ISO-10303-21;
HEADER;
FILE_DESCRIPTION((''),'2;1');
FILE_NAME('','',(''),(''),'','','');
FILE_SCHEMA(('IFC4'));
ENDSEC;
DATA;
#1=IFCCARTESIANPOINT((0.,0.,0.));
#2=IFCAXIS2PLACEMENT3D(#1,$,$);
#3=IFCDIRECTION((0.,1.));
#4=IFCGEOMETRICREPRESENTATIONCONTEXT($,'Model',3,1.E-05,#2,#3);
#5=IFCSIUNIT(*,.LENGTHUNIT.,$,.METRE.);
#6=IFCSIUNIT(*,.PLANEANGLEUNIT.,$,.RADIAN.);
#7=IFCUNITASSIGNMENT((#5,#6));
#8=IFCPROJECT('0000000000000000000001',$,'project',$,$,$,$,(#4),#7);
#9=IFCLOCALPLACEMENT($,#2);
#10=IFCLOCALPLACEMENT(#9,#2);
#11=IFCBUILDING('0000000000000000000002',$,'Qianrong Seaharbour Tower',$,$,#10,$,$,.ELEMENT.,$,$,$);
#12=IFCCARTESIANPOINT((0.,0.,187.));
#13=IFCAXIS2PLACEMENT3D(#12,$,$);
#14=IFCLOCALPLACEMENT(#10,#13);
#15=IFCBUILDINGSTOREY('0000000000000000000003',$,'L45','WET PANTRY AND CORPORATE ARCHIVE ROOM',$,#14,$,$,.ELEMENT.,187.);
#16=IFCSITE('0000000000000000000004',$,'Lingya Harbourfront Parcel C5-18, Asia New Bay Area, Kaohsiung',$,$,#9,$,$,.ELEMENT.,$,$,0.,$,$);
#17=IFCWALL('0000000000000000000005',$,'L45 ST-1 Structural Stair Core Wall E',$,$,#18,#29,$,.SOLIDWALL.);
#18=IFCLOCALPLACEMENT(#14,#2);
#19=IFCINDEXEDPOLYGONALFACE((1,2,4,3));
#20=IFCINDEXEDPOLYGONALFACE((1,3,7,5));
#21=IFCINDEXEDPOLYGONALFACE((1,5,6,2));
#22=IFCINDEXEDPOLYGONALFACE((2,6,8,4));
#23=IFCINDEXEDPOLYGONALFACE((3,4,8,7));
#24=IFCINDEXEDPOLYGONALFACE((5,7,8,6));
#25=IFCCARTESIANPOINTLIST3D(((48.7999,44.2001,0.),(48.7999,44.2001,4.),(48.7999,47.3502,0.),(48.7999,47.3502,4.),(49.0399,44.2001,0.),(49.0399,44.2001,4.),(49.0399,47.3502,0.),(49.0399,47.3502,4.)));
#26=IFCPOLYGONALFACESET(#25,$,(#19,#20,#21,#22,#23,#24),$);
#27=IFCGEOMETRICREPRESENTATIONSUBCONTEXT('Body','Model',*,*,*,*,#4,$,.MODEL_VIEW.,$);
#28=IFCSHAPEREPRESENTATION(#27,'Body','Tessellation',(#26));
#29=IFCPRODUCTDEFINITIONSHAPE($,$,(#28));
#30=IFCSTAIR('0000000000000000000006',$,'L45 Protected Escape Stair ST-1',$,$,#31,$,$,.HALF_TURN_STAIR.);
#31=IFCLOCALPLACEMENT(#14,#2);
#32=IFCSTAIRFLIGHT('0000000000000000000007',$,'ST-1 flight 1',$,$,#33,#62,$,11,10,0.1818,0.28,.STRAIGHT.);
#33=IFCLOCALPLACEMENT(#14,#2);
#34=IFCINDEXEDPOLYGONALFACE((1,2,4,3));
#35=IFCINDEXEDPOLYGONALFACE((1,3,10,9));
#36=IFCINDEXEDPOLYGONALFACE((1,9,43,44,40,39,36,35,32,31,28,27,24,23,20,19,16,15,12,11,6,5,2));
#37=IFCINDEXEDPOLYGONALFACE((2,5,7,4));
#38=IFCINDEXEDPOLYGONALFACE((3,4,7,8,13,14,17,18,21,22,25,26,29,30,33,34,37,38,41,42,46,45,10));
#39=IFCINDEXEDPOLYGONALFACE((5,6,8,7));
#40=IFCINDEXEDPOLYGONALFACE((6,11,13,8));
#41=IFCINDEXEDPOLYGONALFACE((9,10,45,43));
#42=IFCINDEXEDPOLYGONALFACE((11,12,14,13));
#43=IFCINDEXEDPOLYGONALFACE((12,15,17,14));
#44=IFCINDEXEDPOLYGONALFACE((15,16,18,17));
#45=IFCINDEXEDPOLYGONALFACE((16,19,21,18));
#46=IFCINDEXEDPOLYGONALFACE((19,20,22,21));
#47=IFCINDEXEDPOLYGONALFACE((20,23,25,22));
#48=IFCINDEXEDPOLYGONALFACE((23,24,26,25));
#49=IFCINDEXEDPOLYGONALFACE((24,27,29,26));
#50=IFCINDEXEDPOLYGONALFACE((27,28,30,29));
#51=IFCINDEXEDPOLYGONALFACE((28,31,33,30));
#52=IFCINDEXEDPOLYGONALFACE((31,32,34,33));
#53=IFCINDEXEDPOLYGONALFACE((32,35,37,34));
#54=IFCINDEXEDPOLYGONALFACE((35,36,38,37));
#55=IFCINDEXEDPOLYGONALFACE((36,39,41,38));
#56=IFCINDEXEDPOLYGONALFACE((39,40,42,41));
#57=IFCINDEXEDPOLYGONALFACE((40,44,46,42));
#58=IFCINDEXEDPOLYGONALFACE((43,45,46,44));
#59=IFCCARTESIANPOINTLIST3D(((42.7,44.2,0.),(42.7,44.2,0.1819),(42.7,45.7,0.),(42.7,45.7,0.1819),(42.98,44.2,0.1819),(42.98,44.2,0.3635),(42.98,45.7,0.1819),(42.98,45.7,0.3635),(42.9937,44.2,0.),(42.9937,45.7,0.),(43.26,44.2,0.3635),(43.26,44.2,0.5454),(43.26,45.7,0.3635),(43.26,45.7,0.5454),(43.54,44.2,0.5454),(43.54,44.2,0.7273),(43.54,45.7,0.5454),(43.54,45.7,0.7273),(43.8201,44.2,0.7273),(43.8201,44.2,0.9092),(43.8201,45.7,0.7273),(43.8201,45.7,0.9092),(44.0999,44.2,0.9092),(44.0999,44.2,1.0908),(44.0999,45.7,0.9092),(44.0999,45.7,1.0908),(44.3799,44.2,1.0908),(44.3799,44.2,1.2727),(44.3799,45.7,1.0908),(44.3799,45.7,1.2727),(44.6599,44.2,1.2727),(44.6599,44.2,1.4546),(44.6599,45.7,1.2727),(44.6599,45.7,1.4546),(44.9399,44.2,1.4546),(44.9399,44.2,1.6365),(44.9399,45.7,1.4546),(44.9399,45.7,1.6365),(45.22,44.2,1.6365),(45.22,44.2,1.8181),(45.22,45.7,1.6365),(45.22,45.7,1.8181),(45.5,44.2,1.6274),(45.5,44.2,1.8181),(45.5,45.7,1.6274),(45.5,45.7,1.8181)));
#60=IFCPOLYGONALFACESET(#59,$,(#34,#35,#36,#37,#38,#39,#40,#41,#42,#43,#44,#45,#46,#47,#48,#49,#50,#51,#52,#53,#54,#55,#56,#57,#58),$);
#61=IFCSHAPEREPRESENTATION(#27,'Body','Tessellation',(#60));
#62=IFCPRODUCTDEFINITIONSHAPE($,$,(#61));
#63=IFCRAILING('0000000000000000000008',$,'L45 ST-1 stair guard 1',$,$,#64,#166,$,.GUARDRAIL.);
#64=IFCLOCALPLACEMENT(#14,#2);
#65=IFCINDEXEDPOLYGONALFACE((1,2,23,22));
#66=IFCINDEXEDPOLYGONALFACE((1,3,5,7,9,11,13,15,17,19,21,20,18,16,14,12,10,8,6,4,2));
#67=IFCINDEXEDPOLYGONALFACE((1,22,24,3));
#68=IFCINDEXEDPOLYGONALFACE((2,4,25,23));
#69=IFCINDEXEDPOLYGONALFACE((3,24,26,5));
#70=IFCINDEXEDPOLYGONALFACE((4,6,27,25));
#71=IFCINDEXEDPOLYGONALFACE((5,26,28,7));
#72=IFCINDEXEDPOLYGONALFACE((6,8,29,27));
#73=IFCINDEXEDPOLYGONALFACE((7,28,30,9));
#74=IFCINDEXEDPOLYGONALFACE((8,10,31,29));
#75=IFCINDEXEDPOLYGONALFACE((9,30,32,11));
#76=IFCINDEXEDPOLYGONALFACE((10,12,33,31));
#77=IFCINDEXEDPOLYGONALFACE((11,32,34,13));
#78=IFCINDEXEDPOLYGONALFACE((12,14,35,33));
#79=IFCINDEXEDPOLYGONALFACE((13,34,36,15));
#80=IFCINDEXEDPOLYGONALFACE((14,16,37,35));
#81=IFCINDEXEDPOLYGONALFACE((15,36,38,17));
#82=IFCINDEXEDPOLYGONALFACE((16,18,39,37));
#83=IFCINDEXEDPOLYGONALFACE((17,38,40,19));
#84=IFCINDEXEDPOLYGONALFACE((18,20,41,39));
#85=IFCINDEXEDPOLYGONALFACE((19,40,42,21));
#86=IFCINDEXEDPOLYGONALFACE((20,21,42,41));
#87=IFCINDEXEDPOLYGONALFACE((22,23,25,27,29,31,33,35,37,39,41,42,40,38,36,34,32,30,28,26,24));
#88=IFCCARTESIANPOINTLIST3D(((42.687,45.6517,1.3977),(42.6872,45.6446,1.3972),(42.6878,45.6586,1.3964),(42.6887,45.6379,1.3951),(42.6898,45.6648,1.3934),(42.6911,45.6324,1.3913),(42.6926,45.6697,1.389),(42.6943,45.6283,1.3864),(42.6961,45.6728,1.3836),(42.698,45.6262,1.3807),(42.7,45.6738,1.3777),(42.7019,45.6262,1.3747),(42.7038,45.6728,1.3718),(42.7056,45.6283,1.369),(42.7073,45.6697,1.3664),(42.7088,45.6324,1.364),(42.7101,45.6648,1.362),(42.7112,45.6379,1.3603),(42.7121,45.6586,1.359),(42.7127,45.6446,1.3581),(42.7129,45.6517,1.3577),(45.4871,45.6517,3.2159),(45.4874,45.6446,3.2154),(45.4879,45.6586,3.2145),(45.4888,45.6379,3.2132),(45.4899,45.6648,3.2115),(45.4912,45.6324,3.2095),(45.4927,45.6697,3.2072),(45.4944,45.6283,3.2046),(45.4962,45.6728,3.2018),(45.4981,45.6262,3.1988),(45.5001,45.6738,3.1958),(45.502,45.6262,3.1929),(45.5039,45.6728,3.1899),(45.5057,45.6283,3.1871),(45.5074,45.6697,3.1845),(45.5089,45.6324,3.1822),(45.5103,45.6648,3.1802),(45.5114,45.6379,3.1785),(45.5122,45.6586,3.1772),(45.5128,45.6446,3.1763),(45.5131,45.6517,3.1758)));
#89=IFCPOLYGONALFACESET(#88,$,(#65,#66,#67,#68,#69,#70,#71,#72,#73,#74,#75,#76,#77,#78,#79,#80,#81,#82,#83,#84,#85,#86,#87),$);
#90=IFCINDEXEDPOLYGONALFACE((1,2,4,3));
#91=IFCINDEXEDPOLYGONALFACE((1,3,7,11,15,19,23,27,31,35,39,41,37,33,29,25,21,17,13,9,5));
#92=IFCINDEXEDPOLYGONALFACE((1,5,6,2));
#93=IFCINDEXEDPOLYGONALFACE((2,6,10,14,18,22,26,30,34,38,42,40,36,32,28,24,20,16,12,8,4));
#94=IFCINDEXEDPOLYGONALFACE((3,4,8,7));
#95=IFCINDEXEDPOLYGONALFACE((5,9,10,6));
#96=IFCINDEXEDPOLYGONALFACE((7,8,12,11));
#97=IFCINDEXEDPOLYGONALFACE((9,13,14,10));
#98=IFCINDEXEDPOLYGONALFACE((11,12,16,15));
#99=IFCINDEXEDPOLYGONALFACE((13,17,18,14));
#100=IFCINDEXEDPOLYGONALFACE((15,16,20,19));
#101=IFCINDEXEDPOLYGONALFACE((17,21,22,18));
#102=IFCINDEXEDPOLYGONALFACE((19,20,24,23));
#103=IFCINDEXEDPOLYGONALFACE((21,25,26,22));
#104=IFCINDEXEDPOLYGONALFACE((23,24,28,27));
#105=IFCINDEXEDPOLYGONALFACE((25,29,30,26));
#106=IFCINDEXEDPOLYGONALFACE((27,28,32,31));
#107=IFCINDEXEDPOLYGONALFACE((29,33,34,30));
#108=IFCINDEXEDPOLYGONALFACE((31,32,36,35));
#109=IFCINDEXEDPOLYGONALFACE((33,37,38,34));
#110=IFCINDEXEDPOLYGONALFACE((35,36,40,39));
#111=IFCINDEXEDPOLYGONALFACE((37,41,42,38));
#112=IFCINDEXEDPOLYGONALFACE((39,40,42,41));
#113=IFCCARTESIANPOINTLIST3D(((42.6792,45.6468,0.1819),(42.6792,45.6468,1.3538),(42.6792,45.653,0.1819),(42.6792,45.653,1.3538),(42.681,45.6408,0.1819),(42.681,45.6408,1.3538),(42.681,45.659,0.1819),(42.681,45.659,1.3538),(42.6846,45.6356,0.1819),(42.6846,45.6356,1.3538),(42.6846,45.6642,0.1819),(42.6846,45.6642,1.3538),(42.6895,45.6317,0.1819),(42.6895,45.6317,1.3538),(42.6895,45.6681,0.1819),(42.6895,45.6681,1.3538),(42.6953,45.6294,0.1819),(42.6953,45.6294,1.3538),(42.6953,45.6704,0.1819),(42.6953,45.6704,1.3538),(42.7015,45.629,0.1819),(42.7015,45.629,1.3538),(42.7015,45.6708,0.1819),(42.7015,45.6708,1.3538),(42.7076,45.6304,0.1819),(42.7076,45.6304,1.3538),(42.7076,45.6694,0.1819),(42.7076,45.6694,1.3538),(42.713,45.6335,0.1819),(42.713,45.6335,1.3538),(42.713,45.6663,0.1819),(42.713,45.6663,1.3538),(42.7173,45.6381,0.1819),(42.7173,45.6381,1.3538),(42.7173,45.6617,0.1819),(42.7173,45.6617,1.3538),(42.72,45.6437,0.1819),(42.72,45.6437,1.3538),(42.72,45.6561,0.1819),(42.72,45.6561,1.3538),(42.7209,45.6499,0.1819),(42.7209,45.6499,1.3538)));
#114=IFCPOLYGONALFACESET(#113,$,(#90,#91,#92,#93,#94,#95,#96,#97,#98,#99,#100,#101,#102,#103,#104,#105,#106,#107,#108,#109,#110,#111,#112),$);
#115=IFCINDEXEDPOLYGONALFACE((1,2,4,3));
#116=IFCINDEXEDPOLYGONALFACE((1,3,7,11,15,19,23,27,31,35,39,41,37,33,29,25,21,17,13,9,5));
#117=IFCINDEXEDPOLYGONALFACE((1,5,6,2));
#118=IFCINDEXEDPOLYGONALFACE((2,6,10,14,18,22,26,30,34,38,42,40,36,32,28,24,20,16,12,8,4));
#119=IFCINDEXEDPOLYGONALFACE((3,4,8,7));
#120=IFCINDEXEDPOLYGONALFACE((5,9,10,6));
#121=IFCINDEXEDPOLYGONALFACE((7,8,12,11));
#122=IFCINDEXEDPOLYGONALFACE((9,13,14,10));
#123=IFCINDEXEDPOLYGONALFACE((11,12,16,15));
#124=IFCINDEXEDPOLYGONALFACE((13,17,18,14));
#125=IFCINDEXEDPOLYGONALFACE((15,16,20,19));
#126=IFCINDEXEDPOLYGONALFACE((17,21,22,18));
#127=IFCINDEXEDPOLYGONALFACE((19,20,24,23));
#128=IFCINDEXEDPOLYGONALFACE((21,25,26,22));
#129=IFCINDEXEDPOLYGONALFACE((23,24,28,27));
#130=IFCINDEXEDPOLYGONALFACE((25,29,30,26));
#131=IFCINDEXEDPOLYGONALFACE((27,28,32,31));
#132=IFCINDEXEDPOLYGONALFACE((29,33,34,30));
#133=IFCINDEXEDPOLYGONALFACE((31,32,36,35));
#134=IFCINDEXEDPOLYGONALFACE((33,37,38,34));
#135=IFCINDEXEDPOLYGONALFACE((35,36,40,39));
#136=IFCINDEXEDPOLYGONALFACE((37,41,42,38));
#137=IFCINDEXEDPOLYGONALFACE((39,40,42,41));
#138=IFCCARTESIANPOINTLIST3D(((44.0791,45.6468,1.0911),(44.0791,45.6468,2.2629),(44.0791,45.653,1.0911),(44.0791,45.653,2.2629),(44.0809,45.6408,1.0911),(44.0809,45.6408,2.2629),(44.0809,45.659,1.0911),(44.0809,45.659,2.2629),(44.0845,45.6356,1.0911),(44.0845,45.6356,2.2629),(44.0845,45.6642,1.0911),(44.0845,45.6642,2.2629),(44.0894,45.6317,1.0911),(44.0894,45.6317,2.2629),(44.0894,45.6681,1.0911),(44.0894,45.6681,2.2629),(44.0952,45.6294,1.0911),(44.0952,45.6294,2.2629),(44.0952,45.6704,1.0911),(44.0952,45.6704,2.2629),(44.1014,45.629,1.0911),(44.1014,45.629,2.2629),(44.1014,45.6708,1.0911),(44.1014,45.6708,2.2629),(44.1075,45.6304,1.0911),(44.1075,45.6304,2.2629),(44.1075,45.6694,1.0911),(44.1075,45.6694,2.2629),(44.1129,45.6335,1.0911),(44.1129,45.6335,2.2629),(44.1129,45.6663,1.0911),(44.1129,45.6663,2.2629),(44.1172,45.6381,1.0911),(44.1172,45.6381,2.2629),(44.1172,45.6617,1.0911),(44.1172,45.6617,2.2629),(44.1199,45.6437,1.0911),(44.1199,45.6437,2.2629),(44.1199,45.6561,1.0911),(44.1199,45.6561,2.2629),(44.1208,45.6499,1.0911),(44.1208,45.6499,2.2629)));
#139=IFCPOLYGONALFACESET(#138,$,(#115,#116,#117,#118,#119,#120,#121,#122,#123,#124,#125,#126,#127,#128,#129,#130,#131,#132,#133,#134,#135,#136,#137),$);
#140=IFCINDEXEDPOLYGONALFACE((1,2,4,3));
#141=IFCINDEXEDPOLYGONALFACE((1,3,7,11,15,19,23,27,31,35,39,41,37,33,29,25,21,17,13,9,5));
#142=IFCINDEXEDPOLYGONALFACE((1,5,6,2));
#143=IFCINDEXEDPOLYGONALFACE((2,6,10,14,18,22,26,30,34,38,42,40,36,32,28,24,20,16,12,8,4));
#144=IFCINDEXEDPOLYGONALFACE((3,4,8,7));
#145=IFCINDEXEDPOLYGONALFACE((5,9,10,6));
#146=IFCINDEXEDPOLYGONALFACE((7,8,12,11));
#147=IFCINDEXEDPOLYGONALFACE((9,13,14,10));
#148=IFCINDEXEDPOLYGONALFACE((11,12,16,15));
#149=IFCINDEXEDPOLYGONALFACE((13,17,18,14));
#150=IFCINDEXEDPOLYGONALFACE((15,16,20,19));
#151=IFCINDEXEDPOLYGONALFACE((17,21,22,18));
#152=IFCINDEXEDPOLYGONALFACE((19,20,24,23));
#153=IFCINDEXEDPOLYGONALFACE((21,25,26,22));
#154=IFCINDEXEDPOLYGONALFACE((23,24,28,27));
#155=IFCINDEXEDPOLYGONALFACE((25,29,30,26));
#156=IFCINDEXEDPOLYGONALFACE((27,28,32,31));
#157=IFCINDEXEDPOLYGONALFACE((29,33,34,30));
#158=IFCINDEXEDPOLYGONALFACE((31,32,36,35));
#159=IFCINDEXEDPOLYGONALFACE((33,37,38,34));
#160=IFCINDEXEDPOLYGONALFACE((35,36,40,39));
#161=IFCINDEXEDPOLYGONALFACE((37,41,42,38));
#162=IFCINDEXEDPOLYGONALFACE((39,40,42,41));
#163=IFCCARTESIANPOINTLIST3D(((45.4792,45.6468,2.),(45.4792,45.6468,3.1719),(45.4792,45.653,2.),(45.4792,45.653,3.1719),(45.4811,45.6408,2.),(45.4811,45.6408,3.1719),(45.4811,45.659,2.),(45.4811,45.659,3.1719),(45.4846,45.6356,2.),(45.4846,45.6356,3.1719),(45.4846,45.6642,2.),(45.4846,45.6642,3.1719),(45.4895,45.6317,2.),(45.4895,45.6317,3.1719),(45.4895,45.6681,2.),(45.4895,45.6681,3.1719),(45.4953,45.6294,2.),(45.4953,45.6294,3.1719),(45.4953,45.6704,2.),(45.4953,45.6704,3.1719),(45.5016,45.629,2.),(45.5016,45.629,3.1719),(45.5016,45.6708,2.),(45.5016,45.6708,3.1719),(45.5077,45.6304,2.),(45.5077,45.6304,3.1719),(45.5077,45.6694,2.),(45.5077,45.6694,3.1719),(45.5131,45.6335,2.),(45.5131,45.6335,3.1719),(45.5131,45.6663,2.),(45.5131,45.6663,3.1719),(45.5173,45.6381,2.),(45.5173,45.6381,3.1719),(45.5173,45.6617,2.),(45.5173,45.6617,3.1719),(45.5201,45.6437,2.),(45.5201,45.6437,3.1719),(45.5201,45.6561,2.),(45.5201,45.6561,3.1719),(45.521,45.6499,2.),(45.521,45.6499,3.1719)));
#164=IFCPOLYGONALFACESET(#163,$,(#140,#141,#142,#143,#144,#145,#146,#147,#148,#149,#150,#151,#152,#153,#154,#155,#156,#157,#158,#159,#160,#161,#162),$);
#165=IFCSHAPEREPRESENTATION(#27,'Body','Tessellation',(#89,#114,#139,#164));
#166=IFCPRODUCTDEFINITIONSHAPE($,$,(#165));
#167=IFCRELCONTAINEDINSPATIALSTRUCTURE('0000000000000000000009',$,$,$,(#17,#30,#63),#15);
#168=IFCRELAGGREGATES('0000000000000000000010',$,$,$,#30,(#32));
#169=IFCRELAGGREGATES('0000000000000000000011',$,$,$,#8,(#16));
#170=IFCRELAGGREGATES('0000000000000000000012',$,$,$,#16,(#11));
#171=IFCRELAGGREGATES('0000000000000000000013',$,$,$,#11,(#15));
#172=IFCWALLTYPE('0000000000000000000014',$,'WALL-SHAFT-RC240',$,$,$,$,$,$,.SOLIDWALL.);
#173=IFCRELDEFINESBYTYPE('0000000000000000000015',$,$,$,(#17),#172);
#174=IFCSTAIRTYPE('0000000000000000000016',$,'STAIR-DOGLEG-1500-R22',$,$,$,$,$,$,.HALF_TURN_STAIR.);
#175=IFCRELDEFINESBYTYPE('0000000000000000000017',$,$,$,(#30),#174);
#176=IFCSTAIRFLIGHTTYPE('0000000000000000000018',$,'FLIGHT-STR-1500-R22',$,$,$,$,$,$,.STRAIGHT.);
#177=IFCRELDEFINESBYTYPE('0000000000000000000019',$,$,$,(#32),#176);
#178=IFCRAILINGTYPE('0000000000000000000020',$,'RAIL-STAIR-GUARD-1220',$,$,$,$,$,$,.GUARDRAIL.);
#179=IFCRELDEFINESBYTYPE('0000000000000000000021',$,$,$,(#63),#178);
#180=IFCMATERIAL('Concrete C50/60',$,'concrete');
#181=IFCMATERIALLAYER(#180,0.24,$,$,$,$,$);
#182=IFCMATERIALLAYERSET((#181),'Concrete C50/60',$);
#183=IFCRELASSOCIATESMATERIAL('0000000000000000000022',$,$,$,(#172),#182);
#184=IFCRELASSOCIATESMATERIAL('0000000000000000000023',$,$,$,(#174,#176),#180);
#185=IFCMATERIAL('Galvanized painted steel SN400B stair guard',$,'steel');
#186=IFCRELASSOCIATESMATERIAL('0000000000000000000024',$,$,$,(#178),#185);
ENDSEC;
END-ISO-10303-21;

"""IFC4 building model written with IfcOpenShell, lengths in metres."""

from ifc_helpers import new_model, si_unit, direction, frame, frame_2d, origin, origin_2d, place, context, subcontext, project, spatial, polyline, rectangle, circle, outline, extrude, material, layer, layer_set, type_object, element, aggregate, save


model = new_model("IFC4")

# Units and contexts
model_context = context("Model", 3, precision=1e-05, world=origin(), true_north=direction((0.0, 1.0)))
body_context = subcontext(model_context, "Body", "Model", "MODEL_VIEW")
ifc_project = project(units=[si_unit("LENGTHUNIT", "METRE"), si_unit("PLANEANGLEUNIT", "RADIAN")], contexts=[model_context])

# Site, building, storey
site_placement = place(None, origin())
site = spatial("IfcSite", under=ifc_project, at=site_placement, Name="Lingya Harbourfront Parcel C5-18, Asia New Bay Area, Kaohsiung", CompositionType="ELEMENT", RefElevation=0.0)
building_placement = place(site_placement, origin())
building = spatial("IfcBuilding", under=site, at=building_placement, Name="Qianrong Seaharbour Tower", CompositionType="ELEMENT")
storey_placement = place(building_placement, frame((0.0, 0.0, 187.0)))
storey = spatial("IfcBuildingStorey", under=building, at=storey_placement, Name="L45", Description="WET PANTRY AND CORPORATE ARCHIVE ROOM", CompositionType="ELEMENT", Elevation=187.0)

# Wall
ifc_material_1 = material(Name="Concrete C50/60", Category="concrete")
ifc_layer_1 = layer(ifc_material_1, 0.24)
ifc_layer_set_1 = layer_set([ifc_layer_1], Name="Concrete C50/60")
wall_type_1 = type_object("IfcWallType", Name="WALL-SHAFT-RC240", PredefinedType="SOLIDWALL", material=ifc_layer_set_1)
wall_1_placement = place(storey_placement, frame((48.9199, 44.2, 0.0), z_axis=(0.0, 0.0, 1.0), x_axis=(0.0, 1.0, 0.0)))
element("IfcWall", 1, at=wall_1_placement, inside=storey, type_object=wall_type_1, Name="L45 ST-1 Structural Stair Core Wall E", PredefinedType="SOLIDWALL", context=body_context, shape_type="SweptSolid", body=[
    extrude(rectangle(XDim=3.1501, YDim=0.24, at=frame_2d((1.5752, 0.0))), origin(), (0.0, 0.0, 1.0), 4.0),
])

# Stair, stair flight
stair_type = type_object("IfcStairType", Name="STAIR-DOGLEG-1500-R22", PredefinedType="HALF_TURN_STAIR", material=ifc_material_1)
stair_placement = place(storey_placement, origin())
stair = element("IfcStair", 2, at=stair_placement, inside=storey, type_object=stair_type, Name="L45 Protected Escape Stair ST-1", PredefinedType="HALF_TURN_STAIR")
stair_flight_type = type_object("IfcStairFlightType", Name="FLIGHT-STR-1500-R22", PredefinedType="STRAIGHT", material=ifc_material_1)
stair_flight_placement = place(storey_placement, frame((42.7, 44.95, 0.0), z_axis=(0.0, 0.0, 1.0), x_axis=(1.0, 0.0, 0.0)))
stair_flight = element("IfcStairFlight", 3, at=stair_flight_placement, type_object=stair_flight_type, Name="ST-1 flight 1", NumberOfRisers=11, NumberOfTreads=10, PredefinedType="STRAIGHT", RiserHeight=0.1818, TreadLength=0.28, context=body_context, shape_type="SweptSolid", body=[
    extrude(outline(polyline([(0.0, 0.0), (0.0, 0.1819), (0.28, 0.1819), (0.28, 0.3635), (0.5601, 0.3635), (0.5601, 0.5454), (0.8401, 0.5454), (0.8401, 0.7273), (1.1201, 0.7273), (1.1201, 0.9092), (1.3999, 0.9092), (1.3999, 1.0908), (1.6799, 1.0908), (1.6799, 1.2727), (1.96, 1.2727), (1.96, 1.4546), (2.24, 1.4546), (2.24, 1.6365), (2.52, 1.6365), (2.52, 1.8181), (2.8, 1.8181), (2.8, 2.0), (2.8, 1.6274), (0.2937, 0.0), (0.0, 0.0)])), frame((0.0, 0.75, 0.0), z_axis=(0.0, -1.0, 0.0), x_axis=(1.0, 0.0, 0.0)), (0.0, 0.0, 1.0), 1.5),
])
aggregate(stair, [stair_flight])

# Railing
ifc_material_2 = material(Name="Galvanized painted steel SN400B stair guard", Category="steel")
railing_type_1 = type_object("IfcRailingType", Name="RAIL-STAIR-GUARD-1220", PredefinedType="GUARDRAIL", material=ifc_material_2)
railing_1_placement = place(storey_placement, frame((42.7, 45.6499, 0.1819)))
element("IfcRailing", 4, at=railing_1_placement, inside=storey, type_object=railing_type_1, Name="L45 ST-1 stair guard 1", PredefinedType="GUARDRAIL", context=body_context, shape_type="SweptSolid", body=[
    extrude(circle(Radius=0.0239, at=origin_2d()), frame((0.0, 0.0, 1.1958), z_axis=(0.838706, 0.0, 0.544585), x_axis=(0.0, 1.0, 0.0)), (0.0, 0.0, 1.0), 3.3386),
    extrude(circle(Radius=0.021, at=origin_2d()), origin(), (0.0, 0.0, 1.0), 1.1719),
    extrude(circle(Radius=0.021, at=origin_2d()), frame((1.3999, 0.0, 0.9092)), (0.0, 0.0, 1.0), 1.1719),
    extrude(circle(Radius=0.021, at=origin_2d()), frame((2.8, 0.0, 1.8181)), (0.0, 0.0, 1.0), 1.1719),
])

save(model, "model.ifc")
